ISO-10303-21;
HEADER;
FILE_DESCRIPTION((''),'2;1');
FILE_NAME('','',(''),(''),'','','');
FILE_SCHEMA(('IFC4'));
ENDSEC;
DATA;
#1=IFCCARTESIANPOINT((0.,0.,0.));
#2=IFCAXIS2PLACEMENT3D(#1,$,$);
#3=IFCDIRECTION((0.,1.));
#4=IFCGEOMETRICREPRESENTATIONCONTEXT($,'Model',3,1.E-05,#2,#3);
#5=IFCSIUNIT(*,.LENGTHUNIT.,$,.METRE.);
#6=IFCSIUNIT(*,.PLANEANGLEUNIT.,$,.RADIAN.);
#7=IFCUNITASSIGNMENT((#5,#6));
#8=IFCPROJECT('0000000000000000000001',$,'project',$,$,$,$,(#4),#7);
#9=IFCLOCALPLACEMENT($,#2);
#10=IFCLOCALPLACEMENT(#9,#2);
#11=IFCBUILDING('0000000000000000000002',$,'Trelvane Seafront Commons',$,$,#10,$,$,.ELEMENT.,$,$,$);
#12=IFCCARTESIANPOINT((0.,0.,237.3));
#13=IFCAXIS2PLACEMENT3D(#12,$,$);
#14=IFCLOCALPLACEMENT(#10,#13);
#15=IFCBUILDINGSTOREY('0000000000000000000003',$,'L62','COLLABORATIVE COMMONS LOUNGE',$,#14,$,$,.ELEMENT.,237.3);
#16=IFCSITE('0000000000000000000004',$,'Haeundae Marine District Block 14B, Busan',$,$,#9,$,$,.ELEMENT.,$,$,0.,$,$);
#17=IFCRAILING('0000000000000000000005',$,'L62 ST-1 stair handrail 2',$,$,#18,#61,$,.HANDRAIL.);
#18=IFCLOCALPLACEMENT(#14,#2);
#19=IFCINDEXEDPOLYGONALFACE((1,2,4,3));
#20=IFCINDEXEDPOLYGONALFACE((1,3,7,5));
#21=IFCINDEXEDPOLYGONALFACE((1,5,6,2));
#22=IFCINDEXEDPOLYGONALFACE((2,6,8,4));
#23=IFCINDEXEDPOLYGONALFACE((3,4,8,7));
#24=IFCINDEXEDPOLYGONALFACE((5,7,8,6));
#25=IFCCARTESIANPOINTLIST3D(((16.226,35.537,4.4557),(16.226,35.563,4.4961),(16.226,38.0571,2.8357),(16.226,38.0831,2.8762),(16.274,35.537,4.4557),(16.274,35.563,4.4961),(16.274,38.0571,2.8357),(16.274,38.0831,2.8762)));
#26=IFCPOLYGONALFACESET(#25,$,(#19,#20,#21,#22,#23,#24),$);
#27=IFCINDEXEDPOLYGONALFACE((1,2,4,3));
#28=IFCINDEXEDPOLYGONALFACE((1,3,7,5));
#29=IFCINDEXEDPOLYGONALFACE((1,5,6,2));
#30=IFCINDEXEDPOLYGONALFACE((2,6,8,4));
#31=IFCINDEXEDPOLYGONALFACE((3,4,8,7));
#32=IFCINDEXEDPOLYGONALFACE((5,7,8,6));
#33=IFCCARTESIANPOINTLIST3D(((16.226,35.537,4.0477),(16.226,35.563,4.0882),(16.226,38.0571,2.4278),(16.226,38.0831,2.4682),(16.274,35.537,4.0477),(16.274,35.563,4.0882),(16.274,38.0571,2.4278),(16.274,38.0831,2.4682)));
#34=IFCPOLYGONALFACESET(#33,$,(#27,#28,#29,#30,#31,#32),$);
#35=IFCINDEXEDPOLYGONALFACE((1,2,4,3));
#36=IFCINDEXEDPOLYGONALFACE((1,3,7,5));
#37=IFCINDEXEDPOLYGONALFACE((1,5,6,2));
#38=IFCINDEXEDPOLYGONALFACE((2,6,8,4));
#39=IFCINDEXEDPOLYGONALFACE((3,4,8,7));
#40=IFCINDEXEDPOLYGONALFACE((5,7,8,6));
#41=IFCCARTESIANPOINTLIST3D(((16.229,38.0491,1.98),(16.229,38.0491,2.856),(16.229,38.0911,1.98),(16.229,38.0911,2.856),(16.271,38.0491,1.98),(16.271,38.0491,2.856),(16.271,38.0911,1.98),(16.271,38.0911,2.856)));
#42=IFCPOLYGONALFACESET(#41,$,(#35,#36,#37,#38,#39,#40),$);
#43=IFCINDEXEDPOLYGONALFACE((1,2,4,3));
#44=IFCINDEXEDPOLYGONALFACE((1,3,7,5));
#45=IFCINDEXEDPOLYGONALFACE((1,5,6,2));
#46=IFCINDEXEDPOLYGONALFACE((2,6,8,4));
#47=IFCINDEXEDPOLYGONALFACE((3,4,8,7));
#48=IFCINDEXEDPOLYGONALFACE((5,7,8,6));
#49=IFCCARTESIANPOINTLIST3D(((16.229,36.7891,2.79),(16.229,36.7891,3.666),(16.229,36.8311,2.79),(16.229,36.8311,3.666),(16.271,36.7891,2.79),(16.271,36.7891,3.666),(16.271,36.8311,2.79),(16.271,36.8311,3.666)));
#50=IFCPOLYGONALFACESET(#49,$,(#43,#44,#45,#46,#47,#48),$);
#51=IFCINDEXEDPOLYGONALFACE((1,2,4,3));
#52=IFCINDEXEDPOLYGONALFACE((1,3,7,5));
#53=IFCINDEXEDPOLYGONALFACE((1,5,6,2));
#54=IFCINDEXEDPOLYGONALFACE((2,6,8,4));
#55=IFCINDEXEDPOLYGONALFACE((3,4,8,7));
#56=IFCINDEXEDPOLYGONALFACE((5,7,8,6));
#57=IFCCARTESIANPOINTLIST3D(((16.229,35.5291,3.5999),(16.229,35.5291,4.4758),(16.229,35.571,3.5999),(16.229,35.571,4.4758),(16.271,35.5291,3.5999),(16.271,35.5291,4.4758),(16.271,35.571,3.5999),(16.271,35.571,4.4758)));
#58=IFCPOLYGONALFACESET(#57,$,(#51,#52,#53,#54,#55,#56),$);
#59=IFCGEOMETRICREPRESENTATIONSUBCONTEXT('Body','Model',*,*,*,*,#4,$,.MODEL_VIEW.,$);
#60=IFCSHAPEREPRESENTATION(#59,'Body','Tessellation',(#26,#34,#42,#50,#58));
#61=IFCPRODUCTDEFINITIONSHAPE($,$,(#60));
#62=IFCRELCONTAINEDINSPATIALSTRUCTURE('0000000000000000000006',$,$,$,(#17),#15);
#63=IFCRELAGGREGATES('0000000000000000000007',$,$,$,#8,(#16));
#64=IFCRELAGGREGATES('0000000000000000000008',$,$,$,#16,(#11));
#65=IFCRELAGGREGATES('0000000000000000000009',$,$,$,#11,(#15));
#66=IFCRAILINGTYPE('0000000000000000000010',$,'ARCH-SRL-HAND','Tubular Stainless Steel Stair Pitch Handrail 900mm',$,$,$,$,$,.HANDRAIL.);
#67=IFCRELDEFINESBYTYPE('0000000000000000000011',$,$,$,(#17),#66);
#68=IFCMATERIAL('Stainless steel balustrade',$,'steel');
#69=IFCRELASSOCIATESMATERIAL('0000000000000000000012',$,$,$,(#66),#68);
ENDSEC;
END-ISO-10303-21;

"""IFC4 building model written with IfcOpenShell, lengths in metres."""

from ifc_helpers import new_model, si_unit, direction, frame, origin, origin_2d, place, context, subcontext, project, spatial, rectangle, extrude, material, type_object, element, save


model = new_model("IFC4")

# Units and contexts
model_context = context("Model", 3, precision=1e-05, world=origin(), true_north=direction((0.0, 1.0)))
body_context = subcontext(model_context, "Body", "Model", "MODEL_VIEW")
ifc_project = project(units=[si_unit("LENGTHUNIT", "METRE"), si_unit("PLANEANGLEUNIT", "RADIAN")], contexts=[model_context])

# Site, building, storey
site_placement = place(None, origin())
site = spatial("IfcSite", under=ifc_project, at=site_placement, Name="Haeundae Marine District Block 14B, Busan", CompositionType="ELEMENT", RefElevation=0.0)
building_placement = place(site_placement, origin())
building = spatial("IfcBuilding", under=site, at=building_placement, Name="Trelvane Seafront Commons", CompositionType="ELEMENT")
storey_placement = place(building_placement, frame((0.0, 0.0, 237.3)))
storey = spatial("IfcBuildingStorey", under=building, at=storey_placement, Name="L62", Description="COLLABORATIVE COMMONS LOUNGE", CompositionType="ELEMENT", Elevation=237.3)

# Shared definitions
ifc_material_1 = material(Name="Stainless steel balustrade", Category="steel")

# Railing
railing_type_1 = type_object("IfcRailingType", Name="ARCH-SRL-HAND", Description="Tubular Stainless Steel Stair Pitch Handrail 900mm", PredefinedType="HANDRAIL", material=ifc_material_1)
railing_1_placement = place(storey_placement, frame((16.25, 38.0701, 1.98)))
element("IfcRailing", 1, at=railing_1_placement, inside=storey, type_object=railing_type_1, Name="L62 ST-1 stair handrail 2", PredefinedType="HANDRAIL", context=body_context, shape_type="SweptSolid", body=[
    extrude(rectangle(XDim=0.0481, YDim=0.0481, at=origin_2d()), frame((0.0, 0.0, 0.876), z_axis=(0.0, -0.8412, 0.540725), x_axis=(1.0, 0.0, 0.0)), (0.0, 0.0, 1.0), 2.9958),
    extrude(rectangle(XDim=0.0481, YDim=0.0481, at=origin_2d()), frame((0.0, 0.0, 0.468), z_axis=(0.0, -0.8412, 0.540725), x_axis=(1.0, 0.0, 0.0)), (0.0, 0.0, 1.0), 2.9958),
    extrude(rectangle(XDim=0.042, YDim=0.042, at=origin_2d()), origin(), (0.0, 0.0, 1.0), 0.876),
    extrude(rectangle(XDim=0.042, YDim=0.042, at=origin_2d()), frame((0.0, -1.26, 0.8101)), (0.0, 0.0, 1.0), 0.876),
    extrude(rectangle(XDim=0.042, YDim=0.042, at=origin_2d()), frame((0.0, -2.52, 1.6199)), (0.0, 0.0, 1.0), 0.876),
])

save(model, "model.ifc")
